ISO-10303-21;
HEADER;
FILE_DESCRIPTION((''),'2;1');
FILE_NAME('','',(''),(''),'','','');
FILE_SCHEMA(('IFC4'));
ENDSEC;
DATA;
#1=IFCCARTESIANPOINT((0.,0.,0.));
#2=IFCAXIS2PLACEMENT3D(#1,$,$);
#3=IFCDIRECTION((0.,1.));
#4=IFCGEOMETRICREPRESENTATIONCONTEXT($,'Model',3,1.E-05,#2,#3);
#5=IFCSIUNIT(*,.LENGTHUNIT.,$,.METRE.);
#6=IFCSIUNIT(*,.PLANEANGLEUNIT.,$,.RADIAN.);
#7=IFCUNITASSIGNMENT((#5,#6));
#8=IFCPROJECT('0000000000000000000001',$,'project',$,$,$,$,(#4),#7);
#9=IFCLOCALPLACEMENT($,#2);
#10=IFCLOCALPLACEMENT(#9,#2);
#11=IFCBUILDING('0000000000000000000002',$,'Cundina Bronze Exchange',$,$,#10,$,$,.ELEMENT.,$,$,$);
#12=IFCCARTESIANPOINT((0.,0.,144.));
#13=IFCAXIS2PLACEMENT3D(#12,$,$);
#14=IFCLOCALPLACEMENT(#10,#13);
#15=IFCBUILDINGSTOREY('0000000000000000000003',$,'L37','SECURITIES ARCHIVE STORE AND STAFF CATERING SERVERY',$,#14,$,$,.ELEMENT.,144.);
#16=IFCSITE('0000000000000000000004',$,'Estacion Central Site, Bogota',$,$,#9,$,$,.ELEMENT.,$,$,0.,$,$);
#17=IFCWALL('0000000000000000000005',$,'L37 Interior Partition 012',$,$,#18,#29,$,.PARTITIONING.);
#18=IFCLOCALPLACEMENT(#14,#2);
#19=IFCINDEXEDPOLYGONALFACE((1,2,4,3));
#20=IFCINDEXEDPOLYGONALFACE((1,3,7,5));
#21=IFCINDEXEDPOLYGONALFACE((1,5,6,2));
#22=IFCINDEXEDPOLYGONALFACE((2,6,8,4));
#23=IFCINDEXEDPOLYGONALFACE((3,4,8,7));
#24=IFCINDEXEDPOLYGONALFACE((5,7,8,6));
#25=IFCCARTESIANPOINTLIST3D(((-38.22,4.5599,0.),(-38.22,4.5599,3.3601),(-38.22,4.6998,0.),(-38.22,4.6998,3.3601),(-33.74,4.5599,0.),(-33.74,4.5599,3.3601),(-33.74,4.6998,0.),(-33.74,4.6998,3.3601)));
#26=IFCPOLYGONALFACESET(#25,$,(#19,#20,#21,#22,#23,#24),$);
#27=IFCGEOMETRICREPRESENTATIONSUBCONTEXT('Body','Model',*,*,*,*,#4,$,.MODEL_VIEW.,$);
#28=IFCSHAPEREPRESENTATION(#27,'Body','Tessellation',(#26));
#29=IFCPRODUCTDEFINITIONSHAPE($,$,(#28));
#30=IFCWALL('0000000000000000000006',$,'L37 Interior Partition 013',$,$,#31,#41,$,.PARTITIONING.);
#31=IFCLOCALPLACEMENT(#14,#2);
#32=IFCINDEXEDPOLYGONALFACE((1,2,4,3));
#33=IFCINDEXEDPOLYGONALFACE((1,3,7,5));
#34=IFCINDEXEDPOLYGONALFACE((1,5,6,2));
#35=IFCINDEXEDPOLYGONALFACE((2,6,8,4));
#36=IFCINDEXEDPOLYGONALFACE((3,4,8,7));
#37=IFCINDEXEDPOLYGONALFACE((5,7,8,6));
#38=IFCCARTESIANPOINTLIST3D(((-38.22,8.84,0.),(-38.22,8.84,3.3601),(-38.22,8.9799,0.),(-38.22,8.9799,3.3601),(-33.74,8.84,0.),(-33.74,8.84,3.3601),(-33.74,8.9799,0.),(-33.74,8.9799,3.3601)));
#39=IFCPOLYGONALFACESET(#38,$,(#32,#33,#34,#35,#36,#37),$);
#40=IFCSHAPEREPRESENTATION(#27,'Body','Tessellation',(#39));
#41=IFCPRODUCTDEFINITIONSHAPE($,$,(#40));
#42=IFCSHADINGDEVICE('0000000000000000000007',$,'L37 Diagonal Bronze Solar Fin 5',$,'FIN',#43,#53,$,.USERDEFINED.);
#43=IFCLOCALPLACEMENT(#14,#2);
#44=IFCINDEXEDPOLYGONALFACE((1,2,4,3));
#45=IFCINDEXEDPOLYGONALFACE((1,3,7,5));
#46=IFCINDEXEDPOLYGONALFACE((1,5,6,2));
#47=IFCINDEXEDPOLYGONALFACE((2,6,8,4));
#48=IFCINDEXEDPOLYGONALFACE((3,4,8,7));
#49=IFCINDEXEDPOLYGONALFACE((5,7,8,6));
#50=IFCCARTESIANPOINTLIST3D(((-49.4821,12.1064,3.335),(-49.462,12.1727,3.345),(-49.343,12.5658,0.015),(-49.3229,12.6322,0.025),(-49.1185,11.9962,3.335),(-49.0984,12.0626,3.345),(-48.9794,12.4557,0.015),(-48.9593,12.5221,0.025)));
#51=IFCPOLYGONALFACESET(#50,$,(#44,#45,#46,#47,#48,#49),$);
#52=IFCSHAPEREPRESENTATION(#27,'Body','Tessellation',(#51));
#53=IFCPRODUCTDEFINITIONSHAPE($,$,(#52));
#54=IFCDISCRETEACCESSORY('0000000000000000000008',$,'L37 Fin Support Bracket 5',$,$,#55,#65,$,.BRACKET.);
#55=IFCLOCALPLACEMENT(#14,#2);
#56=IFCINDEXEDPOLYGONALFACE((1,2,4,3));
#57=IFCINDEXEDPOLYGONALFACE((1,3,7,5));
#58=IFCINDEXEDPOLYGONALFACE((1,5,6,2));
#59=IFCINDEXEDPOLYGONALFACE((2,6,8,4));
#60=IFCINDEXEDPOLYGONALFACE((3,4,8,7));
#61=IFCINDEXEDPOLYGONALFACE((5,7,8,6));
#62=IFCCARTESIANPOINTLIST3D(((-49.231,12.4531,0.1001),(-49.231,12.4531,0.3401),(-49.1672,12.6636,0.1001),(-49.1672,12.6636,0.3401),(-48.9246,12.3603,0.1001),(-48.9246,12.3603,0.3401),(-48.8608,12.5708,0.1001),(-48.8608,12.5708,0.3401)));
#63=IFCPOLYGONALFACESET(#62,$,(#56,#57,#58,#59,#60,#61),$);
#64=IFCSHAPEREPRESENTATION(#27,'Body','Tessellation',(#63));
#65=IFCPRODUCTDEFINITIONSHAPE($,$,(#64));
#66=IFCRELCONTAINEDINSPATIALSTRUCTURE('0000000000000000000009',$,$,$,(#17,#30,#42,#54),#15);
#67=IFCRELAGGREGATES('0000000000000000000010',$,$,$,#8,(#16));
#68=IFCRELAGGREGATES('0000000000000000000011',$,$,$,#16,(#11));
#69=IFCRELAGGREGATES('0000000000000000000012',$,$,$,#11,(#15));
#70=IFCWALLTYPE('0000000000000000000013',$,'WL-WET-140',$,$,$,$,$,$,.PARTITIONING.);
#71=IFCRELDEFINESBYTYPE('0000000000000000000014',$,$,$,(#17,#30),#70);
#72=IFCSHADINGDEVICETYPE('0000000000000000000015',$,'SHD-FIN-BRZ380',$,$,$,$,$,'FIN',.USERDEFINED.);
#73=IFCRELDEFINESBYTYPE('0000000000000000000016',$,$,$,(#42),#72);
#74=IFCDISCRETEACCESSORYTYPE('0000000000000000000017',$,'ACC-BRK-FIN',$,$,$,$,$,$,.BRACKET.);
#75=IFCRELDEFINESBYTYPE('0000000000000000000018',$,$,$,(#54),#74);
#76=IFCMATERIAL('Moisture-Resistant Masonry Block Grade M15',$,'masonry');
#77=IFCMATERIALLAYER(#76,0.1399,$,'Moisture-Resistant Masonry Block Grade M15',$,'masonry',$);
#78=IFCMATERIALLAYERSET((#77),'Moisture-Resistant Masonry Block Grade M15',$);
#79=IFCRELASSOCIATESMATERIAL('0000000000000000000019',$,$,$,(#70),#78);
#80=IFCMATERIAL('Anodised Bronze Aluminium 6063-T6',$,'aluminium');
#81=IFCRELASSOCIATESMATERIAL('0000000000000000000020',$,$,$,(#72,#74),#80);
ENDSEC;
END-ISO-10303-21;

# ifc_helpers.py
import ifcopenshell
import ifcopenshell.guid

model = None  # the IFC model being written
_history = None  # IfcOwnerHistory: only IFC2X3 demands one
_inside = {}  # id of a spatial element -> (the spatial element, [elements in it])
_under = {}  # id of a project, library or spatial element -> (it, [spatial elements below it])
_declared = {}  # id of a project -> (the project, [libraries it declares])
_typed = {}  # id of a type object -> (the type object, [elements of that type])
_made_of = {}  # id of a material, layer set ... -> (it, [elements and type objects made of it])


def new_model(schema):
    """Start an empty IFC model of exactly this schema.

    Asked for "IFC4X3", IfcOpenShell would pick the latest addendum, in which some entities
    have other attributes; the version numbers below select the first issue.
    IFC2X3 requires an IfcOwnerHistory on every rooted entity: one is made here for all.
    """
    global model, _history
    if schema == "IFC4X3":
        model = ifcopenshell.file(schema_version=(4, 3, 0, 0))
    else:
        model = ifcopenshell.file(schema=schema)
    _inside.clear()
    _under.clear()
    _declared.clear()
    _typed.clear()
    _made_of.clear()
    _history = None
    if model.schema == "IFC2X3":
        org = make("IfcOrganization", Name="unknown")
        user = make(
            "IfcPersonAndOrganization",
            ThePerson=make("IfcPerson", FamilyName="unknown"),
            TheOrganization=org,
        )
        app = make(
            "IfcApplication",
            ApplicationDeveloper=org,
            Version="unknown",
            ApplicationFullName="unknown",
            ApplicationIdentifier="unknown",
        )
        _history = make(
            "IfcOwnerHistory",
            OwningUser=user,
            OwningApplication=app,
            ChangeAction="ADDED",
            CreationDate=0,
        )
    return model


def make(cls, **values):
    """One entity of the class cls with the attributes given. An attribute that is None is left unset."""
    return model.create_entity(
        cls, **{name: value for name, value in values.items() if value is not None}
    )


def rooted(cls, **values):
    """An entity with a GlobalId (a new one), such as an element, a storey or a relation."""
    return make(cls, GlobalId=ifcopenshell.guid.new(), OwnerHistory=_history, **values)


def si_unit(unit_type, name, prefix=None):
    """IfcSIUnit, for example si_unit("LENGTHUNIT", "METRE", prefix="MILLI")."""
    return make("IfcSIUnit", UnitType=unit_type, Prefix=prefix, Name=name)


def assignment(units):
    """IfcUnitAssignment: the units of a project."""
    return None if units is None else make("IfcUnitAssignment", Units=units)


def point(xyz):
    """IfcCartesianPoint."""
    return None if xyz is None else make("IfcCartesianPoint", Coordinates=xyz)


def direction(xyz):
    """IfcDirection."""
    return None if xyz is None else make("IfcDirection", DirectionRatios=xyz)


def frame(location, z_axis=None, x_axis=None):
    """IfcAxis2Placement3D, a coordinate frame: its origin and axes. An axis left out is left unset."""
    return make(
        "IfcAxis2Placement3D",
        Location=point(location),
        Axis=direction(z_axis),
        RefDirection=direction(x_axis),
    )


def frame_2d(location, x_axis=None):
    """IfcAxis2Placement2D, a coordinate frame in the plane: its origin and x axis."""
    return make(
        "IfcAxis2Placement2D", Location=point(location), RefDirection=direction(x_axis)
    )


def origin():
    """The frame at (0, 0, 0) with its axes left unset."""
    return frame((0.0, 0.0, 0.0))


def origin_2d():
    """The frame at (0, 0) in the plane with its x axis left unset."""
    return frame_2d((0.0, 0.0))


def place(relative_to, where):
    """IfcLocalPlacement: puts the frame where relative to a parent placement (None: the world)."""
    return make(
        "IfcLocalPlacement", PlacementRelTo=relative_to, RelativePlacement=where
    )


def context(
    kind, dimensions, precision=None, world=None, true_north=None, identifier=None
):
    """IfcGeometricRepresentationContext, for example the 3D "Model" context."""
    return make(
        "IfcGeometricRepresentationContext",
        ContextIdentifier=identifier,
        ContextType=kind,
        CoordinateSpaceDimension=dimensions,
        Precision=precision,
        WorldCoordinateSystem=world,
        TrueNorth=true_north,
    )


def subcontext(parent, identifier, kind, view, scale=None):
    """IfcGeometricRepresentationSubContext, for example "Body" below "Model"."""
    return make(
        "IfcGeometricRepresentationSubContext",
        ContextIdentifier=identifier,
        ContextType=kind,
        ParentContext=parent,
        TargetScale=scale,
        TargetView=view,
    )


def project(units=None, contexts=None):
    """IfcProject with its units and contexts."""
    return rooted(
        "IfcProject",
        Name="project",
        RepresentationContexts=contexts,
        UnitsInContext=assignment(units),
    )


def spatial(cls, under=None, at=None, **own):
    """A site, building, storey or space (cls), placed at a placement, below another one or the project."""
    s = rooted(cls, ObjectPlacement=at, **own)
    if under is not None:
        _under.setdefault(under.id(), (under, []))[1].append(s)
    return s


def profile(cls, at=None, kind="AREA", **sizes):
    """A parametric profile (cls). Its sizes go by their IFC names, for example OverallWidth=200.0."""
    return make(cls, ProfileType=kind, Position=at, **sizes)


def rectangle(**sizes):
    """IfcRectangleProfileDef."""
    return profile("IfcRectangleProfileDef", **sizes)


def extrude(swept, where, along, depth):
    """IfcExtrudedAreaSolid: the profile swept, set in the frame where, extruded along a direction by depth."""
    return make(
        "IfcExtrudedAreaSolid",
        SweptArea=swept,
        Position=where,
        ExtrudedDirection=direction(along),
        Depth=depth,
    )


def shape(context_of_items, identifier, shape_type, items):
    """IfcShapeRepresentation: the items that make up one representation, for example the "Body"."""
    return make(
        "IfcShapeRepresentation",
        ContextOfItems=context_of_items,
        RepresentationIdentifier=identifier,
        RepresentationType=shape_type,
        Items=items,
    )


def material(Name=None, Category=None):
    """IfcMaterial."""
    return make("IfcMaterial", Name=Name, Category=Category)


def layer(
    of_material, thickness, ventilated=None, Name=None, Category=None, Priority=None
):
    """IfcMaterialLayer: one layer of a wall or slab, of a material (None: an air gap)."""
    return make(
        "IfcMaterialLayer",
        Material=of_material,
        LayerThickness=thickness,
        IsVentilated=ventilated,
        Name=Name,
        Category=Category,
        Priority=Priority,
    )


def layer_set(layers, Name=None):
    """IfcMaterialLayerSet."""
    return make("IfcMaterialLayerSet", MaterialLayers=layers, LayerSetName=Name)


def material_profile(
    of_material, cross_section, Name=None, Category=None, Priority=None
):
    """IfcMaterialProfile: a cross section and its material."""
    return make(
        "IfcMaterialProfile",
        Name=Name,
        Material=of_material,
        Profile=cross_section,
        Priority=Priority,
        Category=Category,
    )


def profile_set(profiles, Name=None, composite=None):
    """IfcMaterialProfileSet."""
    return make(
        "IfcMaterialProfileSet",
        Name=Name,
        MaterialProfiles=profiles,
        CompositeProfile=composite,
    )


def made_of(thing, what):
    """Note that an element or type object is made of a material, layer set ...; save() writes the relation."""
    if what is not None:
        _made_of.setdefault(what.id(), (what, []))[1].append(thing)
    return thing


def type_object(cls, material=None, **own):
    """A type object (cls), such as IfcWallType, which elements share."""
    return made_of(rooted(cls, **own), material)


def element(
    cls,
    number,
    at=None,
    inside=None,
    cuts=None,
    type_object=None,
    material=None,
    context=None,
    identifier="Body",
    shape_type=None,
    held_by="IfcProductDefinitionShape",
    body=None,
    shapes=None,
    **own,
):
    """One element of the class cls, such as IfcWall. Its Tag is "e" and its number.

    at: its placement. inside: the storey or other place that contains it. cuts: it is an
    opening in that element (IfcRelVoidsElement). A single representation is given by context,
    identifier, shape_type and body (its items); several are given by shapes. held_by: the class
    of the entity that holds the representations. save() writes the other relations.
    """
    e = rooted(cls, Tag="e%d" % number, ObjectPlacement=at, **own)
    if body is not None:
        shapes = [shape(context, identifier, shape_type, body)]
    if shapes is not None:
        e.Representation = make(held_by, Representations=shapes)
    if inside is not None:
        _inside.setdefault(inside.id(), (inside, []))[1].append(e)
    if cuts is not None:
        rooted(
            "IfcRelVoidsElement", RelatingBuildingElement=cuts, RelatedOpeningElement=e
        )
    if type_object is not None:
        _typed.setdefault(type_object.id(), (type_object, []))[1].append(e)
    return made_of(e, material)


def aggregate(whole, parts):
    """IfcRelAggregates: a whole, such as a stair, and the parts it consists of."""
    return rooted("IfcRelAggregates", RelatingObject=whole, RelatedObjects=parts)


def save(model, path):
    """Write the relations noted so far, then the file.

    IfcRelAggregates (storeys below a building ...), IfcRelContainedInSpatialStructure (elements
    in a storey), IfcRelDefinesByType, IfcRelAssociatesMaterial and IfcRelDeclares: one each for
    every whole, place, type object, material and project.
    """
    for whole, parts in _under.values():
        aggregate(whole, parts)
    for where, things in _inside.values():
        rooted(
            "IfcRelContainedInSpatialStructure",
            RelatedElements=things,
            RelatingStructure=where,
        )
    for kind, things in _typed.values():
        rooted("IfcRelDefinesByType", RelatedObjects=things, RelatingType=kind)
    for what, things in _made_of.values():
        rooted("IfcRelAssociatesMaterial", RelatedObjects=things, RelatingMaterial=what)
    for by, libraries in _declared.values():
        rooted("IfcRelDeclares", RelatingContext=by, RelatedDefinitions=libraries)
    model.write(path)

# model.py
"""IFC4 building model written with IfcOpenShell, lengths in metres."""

from ifc_helpers import new_model, si_unit, direction, frame, frame_2d, origin, origin_2d, place, context, subcontext, project, spatial, rectangle, extrude, material, layer, layer_set, material_profile, profile_set, type_object, element, save


model = new_model("IFC4")

# Units and contexts
model_context = context("Model", 3, precision=1e-05, world=origin(), true_north=direction((0.0, 1.0)))
body_context = subcontext(model_context, "Body", "Model", "MODEL_VIEW")
ifc_project = project(units=[si_unit("LENGTHUNIT", "METRE"), si_unit("PLANEANGLEUNIT", "RADIAN")], contexts=[model_context])

# Site, building, storey
site_placement = place(None, origin())
site = spatial("IfcSite", under=ifc_project, at=site_placement, Name="Estacion Central Site, Bogota", CompositionType="ELEMENT", RefElevation=0.0)
building_placement = place(site_placement, origin())
building = spatial("IfcBuilding", under=site, at=building_placement, Name="Cundina Bronze Exchange", CompositionType="ELEMENT")
storey_placement = place(building_placement, frame((0.0, 0.0, 144.0)))
storey = spatial("IfcBuildingStorey", under=building, at=storey_placement, Name="L37", Description="SECURITIES ARCHIVE STORE AND STAFF CATERING SERVERY", CompositionType="ELEMENT", Elevation=144.0)

# Shared definitions
ifc_material_1 = material(Name="Anodised Bronze Aluminium 6063-T6", Category="aluminium")

# Walls
ifc_material_2 = material(Name="Moisture-Resistant Masonry Block Grade M15", Category="masonry")
ifc_layer_1 = layer(ifc_material_2, 0.1399, Name="Moisture-Resistant Masonry Block Grade M15", Category="masonry")
ifc_layer_set_1 = layer_set([ifc_layer_1], Name="Moisture-Resistant Masonry Block Grade M15")
wall_type_1 = type_object("IfcWallType", Name="WL-WET-140", PredefinedType="PARTITIONING", material=ifc_layer_set_1)
for number, where, z_axis, x_axis, name in (
    (1, (-38.22, 4.6299, 0.0), (0.0, 0.0, 1.0), (1.0, 0.0, 0.0), "L37 Interior Partition 012"),
    (2, (-38.22, 8.9099, 0.0), (0.0, 0.0, 1.0), (1.0, 0.0, 0.0), "L37 Interior Partition 013"),
):
    element("IfcWall", number, at=place(storey_placement, frame(where, z_axis=z_axis, x_axis=x_axis)), inside=storey, type_object=wall_type_1, Name=name, PredefinedType="PARTITIONING", context=body_context, shape_type="SweptSolid", body=[
        extrude(rectangle(XDim=4.48, YDim=0.1399, at=frame_2d((2.24, 0.0))), origin(), (0.0, 0.0, 1.0), 3.3601),
    ])

# Shading device
ifc_material_profile_1 = material_profile(ifc_material_1, rectangle(XDim=0.0701, YDim=0.3799, at=origin_2d()), Name="FIN70X380", Category="aluminium")
ifc_profile_set_1 = profile_set([ifc_material_profile_1], Name="Anodised Bronze Aluminium 6063-T6")
shading_device_type = type_object("IfcShadingDeviceType", Name="SHD-FIN-BRZ380", ElementType="FIN", PredefinedType="USERDEFINED", material=ifc_profile_set_1)
shading_device_placement = place(storey_placement, frame((-49.1511, 12.5439, 0.02), z_axis=(-0.041483, -0.136968, 0.989706), x_axis=(0.286883, 0.947216, 0.143112)))
element("IfcShadingDevice", 3, at=shading_device_placement, inside=storey, type_object=shading_device_type, Name="L37 Diagonal Bronze Solar Fin 5", ObjectType="FIN", PredefinedType="USERDEFINED", context=body_context, shape_type="SweptSolid", body=[
    extrude(rectangle(XDim=0.0701, YDim=0.3799, at=origin_2d()), origin(), (0.0, 0.0, 1.0), 3.3545),
])

# Discrete accessory
discrete_accessory_type = type_object("IfcDiscreteAccessoryType", Name="ACC-BRK-FIN", PredefinedType="BRACKET", material=ifc_material_1)
discrete_accessory_placement = place(storey_placement, frame((-49.0459, 12.512, 0.1001), z_axis=(0.0, 0.0, 1.0), x_axis=(-0.290051, -0.957011, 0.0)))
element("IfcDiscreteAccessory", 4, at=discrete_accessory_placement, inside=storey, type_object=discrete_accessory_type, Name="L37 Fin Support Bracket 5", PredefinedType="BRACKET", context=body_context, shape_type="SweptSolid", body=[
    extrude(rectangle(XDim=0.22, YDim=0.3201, at=origin_2d()), origin(), (0.0, 0.0, 1.0), 0.24),
])

save(model, "model.ifc")
